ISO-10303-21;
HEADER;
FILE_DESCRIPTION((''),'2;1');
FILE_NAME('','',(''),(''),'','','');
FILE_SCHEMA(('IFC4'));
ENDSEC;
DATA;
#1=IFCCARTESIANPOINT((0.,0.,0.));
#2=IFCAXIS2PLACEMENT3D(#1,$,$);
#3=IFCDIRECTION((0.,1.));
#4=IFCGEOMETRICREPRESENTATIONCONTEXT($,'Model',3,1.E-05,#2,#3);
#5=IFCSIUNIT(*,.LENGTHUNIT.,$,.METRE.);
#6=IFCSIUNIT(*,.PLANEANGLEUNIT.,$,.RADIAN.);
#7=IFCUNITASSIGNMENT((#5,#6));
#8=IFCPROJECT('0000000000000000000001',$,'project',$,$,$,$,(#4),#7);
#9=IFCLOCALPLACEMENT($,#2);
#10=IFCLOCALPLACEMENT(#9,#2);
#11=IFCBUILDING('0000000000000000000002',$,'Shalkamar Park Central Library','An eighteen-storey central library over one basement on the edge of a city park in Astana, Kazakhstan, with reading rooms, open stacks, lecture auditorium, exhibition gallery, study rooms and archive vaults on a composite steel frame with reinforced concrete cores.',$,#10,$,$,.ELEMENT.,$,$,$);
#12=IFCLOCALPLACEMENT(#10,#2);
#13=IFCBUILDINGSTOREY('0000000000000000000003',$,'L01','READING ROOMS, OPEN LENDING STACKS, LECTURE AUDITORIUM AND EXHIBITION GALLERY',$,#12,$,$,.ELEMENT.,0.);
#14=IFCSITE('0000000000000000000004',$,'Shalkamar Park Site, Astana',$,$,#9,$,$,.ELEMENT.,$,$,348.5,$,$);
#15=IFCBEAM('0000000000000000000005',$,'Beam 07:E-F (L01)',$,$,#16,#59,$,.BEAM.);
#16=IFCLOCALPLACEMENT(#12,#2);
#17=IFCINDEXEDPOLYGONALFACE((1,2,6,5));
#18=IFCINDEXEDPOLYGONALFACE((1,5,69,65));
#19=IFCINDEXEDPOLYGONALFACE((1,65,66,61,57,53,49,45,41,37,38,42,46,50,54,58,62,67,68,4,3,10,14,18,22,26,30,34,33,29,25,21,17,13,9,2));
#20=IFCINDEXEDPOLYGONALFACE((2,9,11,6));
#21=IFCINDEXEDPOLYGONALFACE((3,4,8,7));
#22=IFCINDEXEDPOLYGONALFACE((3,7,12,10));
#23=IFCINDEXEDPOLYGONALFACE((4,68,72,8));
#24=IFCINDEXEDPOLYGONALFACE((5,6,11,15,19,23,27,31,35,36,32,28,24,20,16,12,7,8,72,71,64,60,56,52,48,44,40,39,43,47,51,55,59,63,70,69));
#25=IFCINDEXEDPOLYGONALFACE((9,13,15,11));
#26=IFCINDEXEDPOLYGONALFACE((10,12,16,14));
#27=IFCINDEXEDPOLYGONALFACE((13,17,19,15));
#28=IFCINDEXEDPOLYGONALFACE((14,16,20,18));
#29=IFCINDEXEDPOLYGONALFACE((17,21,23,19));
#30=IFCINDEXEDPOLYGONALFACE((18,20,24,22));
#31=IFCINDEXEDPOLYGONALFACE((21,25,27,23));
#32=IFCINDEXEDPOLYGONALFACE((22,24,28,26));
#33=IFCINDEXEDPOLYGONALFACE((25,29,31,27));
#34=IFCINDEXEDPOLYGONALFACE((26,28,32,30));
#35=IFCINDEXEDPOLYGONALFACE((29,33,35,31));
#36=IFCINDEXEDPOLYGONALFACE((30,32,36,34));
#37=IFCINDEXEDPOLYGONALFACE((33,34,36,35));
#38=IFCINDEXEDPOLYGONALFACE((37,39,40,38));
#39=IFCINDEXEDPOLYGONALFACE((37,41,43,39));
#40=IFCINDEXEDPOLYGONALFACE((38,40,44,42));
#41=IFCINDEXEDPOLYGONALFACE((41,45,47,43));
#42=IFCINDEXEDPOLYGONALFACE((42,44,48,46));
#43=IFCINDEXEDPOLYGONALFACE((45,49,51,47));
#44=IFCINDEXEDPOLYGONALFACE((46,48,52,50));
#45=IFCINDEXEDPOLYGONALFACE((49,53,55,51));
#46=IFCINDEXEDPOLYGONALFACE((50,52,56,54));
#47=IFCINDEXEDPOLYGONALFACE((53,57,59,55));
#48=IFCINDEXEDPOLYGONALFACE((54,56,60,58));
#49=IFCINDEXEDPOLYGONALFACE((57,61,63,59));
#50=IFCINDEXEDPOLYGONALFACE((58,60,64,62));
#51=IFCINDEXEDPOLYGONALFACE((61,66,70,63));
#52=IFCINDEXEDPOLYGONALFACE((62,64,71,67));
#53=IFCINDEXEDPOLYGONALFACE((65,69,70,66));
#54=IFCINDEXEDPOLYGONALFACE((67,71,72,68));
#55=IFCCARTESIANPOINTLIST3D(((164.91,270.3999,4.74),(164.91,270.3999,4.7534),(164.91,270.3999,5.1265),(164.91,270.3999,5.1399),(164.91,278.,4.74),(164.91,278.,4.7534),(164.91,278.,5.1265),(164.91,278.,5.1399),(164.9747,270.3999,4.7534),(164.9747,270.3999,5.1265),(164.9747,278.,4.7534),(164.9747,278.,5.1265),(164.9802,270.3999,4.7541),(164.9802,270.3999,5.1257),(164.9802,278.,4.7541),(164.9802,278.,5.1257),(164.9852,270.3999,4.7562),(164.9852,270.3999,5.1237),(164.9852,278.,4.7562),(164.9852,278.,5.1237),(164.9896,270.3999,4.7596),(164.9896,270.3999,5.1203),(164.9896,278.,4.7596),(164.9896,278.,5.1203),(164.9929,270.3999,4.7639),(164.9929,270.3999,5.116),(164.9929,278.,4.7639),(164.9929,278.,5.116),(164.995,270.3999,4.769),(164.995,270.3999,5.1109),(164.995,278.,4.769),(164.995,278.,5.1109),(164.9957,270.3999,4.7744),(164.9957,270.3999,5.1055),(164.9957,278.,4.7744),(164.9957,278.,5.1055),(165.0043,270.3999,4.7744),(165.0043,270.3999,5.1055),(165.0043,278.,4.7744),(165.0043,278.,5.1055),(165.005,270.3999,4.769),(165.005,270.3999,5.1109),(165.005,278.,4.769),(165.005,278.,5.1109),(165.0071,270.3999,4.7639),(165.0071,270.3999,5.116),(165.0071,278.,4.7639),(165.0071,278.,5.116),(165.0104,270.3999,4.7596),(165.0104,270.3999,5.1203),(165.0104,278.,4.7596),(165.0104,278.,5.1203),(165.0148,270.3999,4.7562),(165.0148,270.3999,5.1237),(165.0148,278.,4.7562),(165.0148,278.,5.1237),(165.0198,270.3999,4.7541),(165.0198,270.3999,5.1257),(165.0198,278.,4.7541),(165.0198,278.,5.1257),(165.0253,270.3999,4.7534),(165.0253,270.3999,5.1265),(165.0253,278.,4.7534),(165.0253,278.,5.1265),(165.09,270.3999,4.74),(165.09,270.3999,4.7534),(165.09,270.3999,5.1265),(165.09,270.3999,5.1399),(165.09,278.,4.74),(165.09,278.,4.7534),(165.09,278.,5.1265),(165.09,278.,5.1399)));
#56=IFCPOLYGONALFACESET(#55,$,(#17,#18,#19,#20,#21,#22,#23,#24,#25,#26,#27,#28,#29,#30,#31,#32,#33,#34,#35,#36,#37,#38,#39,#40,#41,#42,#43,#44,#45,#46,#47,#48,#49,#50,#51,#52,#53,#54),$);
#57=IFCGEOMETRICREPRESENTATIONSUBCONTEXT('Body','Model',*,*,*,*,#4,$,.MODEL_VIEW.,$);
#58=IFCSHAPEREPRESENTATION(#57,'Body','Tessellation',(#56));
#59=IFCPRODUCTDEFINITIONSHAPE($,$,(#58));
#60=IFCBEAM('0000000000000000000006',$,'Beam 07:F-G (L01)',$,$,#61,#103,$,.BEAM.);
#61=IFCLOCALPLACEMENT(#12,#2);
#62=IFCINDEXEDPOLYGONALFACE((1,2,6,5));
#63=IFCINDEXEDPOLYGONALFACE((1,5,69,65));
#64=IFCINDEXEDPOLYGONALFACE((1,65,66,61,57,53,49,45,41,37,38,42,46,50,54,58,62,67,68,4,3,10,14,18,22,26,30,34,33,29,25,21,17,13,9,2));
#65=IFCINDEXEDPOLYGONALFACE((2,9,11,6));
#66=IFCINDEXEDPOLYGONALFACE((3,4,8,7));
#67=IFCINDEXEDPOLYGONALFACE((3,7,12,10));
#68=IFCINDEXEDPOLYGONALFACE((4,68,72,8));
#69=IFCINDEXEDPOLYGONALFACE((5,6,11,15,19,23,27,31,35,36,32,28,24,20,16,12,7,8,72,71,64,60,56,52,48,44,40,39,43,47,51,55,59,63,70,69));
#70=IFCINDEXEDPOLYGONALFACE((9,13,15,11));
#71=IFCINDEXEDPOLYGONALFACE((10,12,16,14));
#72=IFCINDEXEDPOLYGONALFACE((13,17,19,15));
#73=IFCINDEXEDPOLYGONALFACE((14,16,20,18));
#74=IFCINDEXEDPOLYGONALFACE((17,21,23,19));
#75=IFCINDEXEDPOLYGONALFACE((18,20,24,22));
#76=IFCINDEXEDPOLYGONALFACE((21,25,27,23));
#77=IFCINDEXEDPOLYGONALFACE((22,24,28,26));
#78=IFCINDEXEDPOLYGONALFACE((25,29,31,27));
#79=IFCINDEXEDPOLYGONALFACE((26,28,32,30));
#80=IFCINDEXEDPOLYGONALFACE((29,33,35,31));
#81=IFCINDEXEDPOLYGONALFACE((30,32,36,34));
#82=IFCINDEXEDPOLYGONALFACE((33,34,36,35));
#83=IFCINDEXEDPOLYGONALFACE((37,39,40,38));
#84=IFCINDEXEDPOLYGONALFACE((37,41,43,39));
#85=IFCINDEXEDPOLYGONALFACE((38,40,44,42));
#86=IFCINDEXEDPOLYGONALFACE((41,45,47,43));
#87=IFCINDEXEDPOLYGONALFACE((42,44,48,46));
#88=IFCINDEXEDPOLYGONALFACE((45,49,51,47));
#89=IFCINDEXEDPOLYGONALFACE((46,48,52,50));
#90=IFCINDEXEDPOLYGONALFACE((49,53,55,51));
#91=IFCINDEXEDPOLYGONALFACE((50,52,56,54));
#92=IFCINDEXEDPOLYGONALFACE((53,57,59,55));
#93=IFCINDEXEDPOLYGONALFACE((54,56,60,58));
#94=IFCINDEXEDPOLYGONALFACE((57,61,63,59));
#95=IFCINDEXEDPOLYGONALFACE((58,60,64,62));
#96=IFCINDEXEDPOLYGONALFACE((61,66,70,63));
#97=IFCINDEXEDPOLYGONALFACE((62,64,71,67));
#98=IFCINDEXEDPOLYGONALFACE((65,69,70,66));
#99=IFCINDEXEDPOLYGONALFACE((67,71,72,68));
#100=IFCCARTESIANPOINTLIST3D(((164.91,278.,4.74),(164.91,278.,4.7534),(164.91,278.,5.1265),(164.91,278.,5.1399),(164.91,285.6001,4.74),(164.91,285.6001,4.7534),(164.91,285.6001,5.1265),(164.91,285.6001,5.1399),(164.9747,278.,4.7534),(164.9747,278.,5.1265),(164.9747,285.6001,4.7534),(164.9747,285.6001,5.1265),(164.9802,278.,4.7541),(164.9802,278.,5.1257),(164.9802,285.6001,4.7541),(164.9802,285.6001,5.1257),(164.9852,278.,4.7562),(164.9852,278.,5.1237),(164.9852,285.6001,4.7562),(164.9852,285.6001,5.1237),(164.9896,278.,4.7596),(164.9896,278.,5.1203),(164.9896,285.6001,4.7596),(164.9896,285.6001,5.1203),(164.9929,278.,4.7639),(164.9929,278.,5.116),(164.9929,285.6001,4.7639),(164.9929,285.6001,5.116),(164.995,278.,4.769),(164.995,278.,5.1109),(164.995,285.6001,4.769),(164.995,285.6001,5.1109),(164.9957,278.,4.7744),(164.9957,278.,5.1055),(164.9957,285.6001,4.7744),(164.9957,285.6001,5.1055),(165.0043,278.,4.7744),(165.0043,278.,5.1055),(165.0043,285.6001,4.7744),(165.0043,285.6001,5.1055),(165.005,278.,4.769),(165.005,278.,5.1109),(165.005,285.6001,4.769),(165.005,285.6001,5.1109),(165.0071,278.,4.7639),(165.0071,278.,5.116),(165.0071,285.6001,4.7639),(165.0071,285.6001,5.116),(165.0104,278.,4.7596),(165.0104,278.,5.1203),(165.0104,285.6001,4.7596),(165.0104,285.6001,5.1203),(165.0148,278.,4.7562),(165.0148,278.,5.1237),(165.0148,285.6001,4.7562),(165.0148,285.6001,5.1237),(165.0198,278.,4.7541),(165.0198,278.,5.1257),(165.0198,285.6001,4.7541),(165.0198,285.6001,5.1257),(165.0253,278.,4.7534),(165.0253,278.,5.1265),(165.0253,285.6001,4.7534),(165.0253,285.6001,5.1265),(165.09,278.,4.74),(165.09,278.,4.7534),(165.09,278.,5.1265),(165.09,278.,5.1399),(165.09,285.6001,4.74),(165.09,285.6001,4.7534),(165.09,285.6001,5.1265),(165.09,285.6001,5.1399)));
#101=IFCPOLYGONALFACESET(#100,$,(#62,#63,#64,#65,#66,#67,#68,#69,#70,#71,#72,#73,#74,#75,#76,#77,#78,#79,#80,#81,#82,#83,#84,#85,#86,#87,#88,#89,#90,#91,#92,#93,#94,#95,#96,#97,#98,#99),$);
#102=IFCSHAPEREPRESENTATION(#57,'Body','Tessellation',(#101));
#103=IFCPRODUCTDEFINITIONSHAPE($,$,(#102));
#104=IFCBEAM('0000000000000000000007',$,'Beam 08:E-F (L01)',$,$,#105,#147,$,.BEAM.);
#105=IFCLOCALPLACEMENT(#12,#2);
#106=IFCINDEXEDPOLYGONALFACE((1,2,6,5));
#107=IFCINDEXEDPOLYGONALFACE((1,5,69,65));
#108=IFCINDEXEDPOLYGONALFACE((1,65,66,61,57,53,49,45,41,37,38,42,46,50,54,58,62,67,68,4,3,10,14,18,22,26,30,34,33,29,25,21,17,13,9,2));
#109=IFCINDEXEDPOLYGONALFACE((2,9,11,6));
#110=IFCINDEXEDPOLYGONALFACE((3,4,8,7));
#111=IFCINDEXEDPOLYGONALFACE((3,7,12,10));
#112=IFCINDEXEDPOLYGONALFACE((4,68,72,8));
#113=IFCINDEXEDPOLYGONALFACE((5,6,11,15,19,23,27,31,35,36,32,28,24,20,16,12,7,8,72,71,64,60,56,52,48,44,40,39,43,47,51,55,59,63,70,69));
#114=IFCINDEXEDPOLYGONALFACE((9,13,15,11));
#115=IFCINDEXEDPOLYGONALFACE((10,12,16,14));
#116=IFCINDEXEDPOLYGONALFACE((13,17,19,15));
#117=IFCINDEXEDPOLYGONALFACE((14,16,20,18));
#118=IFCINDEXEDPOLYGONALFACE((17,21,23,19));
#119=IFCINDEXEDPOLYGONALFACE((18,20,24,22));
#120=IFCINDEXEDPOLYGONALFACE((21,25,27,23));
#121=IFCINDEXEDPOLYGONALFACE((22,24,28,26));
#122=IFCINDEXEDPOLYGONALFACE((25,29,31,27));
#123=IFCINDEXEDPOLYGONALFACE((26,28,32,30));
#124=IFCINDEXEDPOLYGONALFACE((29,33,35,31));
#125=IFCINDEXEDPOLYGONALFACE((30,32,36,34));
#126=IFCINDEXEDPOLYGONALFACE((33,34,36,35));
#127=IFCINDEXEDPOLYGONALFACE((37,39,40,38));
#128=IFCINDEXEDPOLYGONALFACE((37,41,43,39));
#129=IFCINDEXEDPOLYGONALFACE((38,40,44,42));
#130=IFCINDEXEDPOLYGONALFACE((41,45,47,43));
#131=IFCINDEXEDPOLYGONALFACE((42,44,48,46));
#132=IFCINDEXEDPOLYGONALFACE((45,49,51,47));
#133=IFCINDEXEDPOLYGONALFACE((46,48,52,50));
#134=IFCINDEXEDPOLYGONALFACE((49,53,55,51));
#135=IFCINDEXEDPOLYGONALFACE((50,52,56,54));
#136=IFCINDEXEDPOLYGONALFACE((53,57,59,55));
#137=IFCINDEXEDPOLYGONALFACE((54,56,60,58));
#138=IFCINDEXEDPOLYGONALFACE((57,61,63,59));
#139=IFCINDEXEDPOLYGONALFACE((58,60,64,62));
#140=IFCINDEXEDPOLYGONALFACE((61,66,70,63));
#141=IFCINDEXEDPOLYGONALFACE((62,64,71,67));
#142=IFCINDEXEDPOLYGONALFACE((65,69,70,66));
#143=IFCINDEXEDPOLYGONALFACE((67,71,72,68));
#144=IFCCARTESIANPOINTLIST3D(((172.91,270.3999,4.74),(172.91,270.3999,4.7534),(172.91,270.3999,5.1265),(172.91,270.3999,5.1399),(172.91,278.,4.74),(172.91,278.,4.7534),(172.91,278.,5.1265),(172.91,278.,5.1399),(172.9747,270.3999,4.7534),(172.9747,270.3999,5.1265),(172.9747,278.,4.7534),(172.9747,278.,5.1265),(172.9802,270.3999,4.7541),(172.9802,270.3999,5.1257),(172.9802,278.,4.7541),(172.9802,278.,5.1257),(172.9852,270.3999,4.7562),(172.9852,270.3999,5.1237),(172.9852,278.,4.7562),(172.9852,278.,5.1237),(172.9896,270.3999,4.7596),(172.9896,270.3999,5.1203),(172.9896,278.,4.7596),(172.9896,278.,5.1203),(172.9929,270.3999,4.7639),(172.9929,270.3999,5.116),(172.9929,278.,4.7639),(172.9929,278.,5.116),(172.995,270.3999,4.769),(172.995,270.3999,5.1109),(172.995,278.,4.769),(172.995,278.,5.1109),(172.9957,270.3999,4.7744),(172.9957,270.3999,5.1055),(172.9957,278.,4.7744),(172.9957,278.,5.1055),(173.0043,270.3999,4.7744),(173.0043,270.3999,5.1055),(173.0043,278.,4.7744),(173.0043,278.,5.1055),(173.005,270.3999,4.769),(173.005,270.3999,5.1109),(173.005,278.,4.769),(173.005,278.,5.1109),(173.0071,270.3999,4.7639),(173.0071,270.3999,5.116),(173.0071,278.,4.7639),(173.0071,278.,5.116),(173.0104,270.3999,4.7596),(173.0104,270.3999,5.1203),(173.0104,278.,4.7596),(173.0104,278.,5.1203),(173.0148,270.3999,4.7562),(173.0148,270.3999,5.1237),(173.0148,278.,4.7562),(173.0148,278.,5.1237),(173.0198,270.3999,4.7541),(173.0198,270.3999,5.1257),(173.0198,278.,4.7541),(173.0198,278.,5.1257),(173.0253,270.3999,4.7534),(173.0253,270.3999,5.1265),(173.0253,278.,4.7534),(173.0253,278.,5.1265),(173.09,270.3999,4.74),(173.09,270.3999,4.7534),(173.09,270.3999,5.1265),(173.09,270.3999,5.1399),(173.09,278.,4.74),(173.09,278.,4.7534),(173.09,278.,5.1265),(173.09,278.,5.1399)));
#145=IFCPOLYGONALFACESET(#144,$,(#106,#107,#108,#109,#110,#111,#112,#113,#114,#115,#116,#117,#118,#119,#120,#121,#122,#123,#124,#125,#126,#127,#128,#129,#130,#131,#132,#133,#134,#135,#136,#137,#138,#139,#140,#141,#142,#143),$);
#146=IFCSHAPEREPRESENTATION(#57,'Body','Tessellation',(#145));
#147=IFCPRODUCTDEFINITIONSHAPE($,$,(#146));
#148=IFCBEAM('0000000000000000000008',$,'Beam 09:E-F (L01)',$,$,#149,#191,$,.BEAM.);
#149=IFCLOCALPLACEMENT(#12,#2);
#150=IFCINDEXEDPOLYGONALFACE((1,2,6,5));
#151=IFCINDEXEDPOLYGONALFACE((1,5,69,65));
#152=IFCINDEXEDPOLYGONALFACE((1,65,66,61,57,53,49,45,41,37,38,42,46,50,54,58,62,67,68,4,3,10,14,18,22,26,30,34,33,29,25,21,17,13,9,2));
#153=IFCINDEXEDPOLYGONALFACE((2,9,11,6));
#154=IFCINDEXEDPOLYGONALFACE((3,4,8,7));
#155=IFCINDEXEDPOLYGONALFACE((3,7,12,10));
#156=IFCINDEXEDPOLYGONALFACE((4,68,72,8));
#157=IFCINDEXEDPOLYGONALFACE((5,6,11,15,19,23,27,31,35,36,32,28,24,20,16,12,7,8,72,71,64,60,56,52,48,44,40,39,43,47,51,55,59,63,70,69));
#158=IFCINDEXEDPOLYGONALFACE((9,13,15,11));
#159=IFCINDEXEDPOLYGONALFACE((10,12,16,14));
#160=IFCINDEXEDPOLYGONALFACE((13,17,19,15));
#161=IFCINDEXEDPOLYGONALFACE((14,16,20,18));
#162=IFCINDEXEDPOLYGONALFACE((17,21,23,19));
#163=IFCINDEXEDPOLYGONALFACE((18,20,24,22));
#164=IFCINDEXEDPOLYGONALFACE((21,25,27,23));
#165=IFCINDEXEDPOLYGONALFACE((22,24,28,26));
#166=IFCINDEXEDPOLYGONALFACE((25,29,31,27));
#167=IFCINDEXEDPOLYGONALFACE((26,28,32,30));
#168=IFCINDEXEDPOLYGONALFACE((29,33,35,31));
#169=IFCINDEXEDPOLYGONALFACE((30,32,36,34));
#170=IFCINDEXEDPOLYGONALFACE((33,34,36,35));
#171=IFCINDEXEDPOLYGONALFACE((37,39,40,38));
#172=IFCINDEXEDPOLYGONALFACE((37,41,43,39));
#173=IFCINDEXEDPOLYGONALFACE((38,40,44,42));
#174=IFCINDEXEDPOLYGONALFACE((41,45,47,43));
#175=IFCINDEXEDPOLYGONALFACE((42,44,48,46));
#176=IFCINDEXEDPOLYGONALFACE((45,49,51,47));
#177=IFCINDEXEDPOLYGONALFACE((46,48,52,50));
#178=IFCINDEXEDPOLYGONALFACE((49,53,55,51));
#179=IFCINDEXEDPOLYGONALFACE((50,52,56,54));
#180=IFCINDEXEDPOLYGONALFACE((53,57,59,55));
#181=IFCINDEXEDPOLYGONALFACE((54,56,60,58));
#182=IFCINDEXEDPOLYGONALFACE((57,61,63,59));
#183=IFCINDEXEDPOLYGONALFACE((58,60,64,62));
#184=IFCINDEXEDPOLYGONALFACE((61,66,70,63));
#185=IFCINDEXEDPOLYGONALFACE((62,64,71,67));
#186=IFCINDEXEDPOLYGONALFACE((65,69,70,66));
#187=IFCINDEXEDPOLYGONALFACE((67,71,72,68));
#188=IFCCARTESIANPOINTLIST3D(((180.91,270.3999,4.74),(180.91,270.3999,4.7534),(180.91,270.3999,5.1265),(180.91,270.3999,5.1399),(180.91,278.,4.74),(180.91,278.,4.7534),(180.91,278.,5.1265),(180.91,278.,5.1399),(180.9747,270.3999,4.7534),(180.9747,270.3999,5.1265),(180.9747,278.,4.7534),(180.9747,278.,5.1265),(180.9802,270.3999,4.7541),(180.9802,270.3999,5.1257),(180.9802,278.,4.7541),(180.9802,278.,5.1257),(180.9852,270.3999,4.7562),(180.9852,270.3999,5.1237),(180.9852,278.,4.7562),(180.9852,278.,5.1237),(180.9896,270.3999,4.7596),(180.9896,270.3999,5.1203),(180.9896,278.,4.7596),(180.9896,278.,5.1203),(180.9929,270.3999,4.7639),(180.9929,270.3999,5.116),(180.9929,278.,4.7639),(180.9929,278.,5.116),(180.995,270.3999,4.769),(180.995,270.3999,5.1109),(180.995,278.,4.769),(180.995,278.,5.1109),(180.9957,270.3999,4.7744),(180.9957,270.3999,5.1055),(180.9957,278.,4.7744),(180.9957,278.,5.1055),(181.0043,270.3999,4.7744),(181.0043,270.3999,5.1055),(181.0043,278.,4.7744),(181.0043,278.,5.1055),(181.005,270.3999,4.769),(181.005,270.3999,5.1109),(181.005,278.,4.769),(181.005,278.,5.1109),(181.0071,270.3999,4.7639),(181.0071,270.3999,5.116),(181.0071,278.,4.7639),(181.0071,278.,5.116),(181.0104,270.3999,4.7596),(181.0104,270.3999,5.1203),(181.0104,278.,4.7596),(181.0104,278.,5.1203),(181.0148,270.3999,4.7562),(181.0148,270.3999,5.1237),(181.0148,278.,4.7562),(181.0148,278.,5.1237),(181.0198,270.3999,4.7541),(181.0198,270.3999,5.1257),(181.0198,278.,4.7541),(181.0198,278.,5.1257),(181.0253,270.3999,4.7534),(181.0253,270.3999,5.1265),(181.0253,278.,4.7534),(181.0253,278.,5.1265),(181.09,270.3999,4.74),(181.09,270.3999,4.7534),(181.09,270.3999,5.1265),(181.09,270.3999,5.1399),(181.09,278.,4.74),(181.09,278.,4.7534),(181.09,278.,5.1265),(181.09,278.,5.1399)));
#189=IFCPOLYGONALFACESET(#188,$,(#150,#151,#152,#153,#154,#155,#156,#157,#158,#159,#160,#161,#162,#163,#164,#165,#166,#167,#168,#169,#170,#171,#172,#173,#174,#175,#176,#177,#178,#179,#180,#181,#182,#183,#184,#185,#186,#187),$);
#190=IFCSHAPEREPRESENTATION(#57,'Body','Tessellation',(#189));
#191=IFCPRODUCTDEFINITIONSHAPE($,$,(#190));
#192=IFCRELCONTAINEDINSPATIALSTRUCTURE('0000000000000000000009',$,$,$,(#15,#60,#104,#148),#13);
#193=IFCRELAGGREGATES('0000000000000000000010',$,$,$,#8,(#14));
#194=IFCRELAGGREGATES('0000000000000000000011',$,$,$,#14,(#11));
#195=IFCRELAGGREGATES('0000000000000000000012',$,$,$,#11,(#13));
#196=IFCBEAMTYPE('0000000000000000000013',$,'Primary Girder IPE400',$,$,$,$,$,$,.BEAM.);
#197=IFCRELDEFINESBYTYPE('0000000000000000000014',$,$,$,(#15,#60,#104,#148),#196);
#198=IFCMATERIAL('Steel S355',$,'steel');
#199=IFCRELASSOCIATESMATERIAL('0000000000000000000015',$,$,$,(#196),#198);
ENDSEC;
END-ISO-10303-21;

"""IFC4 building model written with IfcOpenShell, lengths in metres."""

from ifc_helpers import new_model, si_unit, direction, frame, origin, origin_2d, place, context, subcontext, project, spatial, i_section, extrude, material, material_profile, profile_set, type_object, element, save


model = new_model("IFC4")

# Units and contexts
model_context = context("Model", 3, precision=1e-05, world=origin(), true_north=direction((0.0, 1.0)))
body_context = subcontext(model_context, "Body", "Model", "MODEL_VIEW")
ifc_project = project(units=[si_unit("LENGTHUNIT", "METRE"), si_unit("PLANEANGLEUNIT", "RADIAN")], contexts=[model_context])

# Site, building, storey
site_placement = place(None, origin())
site = spatial("IfcSite", under=ifc_project, at=site_placement, Name="Shalkamar Park Site, Astana", CompositionType="ELEMENT", RefElevation=348.5)
building_placement = place(site_placement, origin())
building = spatial("IfcBuilding", under=site, at=building_placement, Name="Shalkamar Park Central Library", Description="An eighteen-storey central library over one basement on the edge of a city park in Astana, Kazakhstan, with reading rooms, open stacks, lecture auditorium, exhibition gallery, study rooms and archive vaults on a composite steel frame with reinforced concrete cores.", CompositionType="ELEMENT")
storey_placement = place(building_placement, origin())
storey = spatial("IfcBuildingStorey", under=building, at=storey_placement, Name="L01", Description="READING ROOMS, OPEN LENDING STACKS, LECTURE AUDITORIUM AND EXHIBITION GALLERY", CompositionType="ELEMENT", Elevation=0.0)

# Shared definitions
ifc_material = material(Name="Steel S355", Category="steel")

# Beams
ifc_material_profile_1 = material_profile(ifc_material, i_section(OverallWidth=0.1799, OverallDepth=0.3999, WebThickness=0.0085, FlangeThickness=0.0134, FilletRadius=0.021, at=origin_2d()), Name="IPE 400")
ifc_profile_set_1 = profile_set([ifc_material_profile_1], Name="Steel S355")
beam_type_1 = type_object("IfcBeamType", Name="Primary Girder IPE400", PredefinedType="BEAM", material=ifc_profile_set_1)
for number, where, z_axis, x_axis, name in (
    (1, (165.0, 270.3999, 4.9399), (0.0, 1.0, 0.0), (-1.0, 0.0, 0.0), "Beam 07:E-F (L01)"),
    (2, (165.0, 278.0, 4.9399), (0.0, 1.0, 0.0), (-1.0, 0.0, 0.0), "Beam 07:F-G (L01)"),
    (3, (173.0, 270.3999, 4.9399), (0.0, 1.0, 0.0), (-1.0, 0.0, 0.0), "Beam 08:E-F (L01)"),
    (4, (181.0, 270.3999, 4.9399), (0.0, 1.0, 0.0), (-1.0, 0.0, 0.0), "Beam 09:E-F (L01)"),
):
    element("IfcBeam", number, at=place(storey_placement, frame(where, z_axis=z_axis, x_axis=x_axis)), inside=storey, type_object=beam_type_1, Name=name, PredefinedType="BEAM", context=body_context, shape_type="SweptSolid", body=[
        extrude(i_section(OverallWidth=0.1799, OverallDepth=0.3999, WebThickness=0.0085, FlangeThickness=0.0134, FilletRadius=0.021, at=origin_2d()), origin(), (0.0, 0.0, 1.0), 7.6001),
    ])

save(model, "model.ifc")
